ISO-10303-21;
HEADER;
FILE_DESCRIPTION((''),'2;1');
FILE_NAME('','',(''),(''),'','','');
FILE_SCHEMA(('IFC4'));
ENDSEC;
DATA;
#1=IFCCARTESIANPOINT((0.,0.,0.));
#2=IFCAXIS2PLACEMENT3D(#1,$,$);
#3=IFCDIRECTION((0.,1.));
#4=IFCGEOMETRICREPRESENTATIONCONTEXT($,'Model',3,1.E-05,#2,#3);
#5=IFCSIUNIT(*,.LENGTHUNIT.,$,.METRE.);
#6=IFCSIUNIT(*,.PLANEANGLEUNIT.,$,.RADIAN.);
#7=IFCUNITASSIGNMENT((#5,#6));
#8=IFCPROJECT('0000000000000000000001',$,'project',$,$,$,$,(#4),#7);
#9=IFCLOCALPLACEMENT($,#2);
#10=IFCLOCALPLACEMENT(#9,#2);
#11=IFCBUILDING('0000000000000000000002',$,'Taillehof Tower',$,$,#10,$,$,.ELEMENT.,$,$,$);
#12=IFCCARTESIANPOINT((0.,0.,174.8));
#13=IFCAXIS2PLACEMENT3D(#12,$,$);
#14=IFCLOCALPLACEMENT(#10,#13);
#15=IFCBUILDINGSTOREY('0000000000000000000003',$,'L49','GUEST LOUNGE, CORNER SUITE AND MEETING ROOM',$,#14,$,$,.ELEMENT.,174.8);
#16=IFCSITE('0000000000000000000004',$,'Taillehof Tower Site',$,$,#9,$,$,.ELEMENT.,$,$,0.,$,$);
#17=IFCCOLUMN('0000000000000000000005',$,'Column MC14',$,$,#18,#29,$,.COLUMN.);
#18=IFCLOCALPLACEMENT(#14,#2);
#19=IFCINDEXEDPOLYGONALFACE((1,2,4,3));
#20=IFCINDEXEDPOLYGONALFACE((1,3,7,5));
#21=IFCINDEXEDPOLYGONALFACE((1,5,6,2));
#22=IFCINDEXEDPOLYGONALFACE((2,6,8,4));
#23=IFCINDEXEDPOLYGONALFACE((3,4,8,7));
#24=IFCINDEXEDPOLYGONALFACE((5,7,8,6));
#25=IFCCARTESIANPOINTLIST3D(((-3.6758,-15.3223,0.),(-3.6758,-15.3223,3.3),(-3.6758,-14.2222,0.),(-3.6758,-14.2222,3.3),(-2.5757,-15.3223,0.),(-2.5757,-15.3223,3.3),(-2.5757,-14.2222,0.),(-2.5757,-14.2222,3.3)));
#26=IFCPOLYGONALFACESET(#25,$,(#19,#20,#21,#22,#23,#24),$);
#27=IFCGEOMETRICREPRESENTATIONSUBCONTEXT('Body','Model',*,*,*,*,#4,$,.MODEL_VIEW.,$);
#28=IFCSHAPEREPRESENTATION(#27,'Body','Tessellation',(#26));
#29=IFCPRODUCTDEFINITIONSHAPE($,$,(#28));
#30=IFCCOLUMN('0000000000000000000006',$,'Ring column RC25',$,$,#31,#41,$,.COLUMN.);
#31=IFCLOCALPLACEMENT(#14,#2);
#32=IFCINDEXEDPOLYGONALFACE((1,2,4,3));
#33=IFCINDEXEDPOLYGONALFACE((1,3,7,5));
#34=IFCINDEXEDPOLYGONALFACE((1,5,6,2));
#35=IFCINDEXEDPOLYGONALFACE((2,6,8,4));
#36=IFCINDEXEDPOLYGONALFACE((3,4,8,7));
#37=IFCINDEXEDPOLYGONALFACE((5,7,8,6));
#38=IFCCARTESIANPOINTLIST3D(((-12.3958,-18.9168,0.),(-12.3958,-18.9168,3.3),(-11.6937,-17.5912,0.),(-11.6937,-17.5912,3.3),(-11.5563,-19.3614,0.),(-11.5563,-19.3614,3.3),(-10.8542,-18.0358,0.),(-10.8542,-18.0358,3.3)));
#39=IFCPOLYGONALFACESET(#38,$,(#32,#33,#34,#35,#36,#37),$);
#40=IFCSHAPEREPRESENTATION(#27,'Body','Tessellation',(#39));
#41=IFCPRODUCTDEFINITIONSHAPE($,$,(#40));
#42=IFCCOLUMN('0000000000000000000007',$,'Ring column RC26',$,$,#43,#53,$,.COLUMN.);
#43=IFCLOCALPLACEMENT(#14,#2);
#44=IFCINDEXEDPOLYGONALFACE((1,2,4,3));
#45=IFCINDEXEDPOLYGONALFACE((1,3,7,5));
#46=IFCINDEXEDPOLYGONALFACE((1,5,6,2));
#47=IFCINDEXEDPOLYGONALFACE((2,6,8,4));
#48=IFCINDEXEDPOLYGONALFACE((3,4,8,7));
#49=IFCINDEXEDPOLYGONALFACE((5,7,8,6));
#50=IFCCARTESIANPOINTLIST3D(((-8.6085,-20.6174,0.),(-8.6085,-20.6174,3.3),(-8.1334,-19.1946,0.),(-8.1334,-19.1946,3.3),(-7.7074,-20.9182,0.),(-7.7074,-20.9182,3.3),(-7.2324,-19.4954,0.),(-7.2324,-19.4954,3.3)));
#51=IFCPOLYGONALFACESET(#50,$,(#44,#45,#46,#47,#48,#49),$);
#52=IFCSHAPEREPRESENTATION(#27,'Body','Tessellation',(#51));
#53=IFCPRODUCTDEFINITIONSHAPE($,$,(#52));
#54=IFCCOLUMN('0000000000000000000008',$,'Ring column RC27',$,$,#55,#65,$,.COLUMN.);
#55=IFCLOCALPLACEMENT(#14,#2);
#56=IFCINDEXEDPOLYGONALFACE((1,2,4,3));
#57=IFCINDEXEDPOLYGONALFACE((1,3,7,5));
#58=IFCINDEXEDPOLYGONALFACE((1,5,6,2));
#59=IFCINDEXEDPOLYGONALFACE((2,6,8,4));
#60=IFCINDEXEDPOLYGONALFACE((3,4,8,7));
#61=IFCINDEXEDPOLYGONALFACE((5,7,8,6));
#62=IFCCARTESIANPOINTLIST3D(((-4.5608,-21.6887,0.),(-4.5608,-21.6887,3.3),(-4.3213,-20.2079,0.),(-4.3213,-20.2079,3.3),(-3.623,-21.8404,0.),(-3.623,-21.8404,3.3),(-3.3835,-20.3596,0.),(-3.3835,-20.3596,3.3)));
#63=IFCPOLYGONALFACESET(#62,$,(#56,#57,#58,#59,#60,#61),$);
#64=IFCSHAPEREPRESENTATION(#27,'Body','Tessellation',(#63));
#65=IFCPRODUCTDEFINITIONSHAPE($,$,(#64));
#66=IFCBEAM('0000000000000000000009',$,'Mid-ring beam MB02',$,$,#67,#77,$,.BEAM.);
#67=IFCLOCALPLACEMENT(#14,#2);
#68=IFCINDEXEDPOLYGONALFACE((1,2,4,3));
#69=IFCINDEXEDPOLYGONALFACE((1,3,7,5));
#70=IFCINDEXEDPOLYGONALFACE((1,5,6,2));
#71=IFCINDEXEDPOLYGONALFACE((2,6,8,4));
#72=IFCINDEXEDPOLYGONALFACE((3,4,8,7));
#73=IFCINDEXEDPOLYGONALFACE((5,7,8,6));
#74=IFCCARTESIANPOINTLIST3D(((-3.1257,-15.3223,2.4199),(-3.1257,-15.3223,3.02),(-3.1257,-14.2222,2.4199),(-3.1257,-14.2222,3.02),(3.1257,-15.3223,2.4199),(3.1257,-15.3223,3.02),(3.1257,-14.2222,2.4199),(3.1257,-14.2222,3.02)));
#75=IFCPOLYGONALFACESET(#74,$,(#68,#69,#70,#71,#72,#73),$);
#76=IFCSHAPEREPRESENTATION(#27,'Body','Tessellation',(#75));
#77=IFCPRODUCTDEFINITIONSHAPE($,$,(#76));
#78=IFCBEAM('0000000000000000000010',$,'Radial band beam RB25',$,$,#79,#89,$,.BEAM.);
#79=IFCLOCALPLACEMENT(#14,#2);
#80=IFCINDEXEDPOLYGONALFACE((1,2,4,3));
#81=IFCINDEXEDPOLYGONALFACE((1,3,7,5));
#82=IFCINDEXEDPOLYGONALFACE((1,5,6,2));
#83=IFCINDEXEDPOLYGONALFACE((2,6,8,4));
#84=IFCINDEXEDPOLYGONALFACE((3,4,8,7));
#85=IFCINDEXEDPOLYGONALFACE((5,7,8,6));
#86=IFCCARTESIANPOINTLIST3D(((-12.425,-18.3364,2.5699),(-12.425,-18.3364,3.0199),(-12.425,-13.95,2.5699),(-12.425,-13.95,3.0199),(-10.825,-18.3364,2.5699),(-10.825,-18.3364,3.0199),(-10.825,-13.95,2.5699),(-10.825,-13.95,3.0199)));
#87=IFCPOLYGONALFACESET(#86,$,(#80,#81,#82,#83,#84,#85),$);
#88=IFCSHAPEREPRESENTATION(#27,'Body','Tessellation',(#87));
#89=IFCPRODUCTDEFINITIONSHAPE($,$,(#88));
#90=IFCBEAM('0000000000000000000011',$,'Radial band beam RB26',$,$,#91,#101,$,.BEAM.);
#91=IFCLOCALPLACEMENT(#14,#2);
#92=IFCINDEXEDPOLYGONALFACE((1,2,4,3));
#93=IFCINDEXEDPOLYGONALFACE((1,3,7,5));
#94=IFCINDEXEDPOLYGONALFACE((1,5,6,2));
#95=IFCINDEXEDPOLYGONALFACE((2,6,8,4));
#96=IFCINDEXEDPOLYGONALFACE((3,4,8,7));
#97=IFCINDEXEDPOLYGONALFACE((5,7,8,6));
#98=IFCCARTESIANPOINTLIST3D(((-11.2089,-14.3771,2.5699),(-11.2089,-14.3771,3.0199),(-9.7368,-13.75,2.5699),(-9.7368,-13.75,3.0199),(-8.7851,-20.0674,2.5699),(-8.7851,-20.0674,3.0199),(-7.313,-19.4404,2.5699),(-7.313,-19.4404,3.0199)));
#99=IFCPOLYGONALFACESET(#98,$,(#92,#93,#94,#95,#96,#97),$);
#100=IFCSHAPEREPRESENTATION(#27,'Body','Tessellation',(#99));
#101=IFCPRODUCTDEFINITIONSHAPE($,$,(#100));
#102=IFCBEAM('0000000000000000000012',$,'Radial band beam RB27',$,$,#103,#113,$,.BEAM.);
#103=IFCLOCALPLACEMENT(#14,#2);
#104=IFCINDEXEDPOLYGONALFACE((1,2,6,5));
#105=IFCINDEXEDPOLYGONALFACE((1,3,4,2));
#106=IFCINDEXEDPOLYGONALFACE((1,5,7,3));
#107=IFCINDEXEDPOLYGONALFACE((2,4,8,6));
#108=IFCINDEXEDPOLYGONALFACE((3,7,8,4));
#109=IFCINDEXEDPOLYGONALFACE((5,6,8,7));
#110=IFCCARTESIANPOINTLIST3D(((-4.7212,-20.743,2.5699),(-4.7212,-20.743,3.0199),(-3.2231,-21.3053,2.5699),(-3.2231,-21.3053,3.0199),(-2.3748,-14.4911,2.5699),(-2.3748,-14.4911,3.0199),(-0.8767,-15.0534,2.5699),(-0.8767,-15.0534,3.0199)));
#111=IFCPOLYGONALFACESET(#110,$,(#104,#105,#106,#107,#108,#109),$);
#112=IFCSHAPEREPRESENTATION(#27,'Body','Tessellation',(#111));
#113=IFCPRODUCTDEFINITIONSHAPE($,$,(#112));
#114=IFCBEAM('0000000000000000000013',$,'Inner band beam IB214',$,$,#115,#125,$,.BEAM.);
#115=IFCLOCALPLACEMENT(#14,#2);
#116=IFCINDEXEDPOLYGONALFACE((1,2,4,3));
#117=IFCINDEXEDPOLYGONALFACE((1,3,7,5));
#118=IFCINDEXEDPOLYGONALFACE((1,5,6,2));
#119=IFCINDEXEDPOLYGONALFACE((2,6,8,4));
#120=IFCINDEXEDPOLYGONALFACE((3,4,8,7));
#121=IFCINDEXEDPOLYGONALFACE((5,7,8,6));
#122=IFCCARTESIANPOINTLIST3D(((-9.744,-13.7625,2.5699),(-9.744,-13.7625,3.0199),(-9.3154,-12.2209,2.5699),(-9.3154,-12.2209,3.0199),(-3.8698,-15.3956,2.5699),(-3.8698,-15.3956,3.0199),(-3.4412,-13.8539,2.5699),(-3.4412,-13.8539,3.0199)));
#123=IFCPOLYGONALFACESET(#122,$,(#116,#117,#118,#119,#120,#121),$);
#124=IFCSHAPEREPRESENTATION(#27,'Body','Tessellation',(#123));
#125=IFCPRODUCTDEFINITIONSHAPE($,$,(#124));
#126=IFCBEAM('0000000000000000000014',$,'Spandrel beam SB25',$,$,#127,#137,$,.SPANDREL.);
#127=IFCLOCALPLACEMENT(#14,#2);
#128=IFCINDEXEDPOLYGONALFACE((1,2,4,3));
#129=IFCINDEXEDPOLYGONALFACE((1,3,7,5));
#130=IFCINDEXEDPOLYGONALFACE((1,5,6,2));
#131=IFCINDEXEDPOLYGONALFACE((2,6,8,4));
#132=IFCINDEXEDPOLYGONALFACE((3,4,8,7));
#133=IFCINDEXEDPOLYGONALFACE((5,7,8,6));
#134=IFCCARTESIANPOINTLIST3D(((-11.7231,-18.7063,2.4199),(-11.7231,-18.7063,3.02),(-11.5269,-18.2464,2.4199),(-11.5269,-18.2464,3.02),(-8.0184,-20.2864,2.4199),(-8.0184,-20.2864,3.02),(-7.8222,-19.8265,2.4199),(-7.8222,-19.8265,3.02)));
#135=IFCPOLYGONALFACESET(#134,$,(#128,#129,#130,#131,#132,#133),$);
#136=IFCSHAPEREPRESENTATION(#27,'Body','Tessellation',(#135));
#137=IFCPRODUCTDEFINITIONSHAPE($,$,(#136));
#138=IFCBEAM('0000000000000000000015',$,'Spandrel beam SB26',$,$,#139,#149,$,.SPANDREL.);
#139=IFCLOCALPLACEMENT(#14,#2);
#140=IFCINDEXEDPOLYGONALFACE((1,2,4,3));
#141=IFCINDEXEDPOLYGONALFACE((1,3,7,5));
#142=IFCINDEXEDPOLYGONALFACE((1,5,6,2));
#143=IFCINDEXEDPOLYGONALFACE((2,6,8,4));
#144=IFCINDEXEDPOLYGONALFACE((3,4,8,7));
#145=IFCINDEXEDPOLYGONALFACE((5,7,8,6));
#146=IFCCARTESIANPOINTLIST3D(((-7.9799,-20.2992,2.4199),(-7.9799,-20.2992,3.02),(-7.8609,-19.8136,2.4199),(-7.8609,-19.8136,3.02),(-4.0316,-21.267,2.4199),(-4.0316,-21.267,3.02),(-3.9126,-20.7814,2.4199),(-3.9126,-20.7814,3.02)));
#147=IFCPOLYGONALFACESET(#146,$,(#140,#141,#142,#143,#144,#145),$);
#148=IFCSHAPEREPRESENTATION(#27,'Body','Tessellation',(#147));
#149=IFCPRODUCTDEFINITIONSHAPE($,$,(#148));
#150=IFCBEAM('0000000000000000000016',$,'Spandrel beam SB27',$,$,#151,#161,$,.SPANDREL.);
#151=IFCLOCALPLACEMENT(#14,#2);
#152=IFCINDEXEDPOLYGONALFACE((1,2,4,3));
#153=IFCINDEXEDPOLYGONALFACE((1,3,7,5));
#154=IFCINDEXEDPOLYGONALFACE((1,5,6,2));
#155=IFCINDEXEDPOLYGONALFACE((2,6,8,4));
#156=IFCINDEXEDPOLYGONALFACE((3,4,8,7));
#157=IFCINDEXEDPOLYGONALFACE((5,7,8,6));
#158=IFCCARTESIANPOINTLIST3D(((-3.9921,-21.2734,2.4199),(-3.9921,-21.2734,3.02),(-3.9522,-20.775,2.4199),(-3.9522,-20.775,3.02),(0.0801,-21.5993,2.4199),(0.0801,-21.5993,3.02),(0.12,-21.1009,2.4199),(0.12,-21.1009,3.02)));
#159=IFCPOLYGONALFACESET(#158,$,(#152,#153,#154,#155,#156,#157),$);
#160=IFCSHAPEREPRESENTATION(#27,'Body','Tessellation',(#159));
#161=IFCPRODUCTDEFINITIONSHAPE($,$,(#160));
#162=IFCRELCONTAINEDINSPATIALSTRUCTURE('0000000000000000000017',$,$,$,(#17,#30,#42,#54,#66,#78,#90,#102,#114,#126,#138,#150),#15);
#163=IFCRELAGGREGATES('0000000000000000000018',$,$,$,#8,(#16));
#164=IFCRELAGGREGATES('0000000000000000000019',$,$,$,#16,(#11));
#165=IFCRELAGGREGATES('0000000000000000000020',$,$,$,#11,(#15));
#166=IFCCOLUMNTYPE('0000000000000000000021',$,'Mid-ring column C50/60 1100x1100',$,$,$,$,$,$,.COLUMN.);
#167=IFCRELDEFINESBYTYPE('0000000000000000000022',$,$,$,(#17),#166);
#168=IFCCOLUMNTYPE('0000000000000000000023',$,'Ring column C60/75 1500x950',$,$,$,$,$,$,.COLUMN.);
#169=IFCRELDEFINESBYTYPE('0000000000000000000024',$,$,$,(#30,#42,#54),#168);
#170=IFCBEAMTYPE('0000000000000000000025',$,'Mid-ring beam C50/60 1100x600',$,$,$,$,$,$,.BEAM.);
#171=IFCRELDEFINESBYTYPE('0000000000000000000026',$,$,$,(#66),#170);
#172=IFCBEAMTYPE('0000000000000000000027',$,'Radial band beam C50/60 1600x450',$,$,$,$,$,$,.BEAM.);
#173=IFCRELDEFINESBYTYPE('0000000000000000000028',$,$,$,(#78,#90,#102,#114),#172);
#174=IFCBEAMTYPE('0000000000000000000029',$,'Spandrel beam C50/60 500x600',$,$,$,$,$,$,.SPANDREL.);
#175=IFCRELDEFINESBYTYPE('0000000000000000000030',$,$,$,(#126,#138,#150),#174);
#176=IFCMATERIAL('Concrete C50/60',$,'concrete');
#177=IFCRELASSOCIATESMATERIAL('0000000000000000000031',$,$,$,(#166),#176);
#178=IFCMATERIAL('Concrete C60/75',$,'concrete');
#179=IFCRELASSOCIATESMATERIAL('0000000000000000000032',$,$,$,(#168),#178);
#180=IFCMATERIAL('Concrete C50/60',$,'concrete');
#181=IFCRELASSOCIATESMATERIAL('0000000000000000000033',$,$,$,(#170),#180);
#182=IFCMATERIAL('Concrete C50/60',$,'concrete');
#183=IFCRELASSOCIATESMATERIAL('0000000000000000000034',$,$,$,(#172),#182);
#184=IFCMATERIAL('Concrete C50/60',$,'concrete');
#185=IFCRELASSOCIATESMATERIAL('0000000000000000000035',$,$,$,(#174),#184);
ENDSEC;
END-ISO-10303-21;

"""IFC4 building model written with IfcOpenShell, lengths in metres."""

from ifc_helpers import new_model, si_unit, direction, frame, origin, origin_2d, place, context, subcontext, project, spatial, rectangle, extrude, material, material_profile, profile_set, type_object, element, save


model = new_model("IFC4")

# Units and contexts
model_context = context("Model", 3, precision=1e-05, world=origin(), true_north=direction((0.0, 1.0)))
body_context = subcontext(model_context, "Body", "Model", "MODEL_VIEW")
ifc_project = project(units=[si_unit("LENGTHUNIT", "METRE"), si_unit("PLANEANGLEUNIT", "RADIAN")], contexts=[model_context])

# Site, building, storey
site_placement = place(None, origin())
site = spatial("IfcSite", under=ifc_project, at=site_placement, Name="Taillehof Tower Site", CompositionType="ELEMENT", RefElevation=0.0)
building_placement = place(site_placement, origin())
building = spatial("IfcBuilding", under=site, at=building_placement, Name="Taillehof Tower", CompositionType="ELEMENT")
storey_placement = place(building_placement, frame((0.0, 0.0, 174.8)))
storey = spatial("IfcBuildingStorey", under=building, at=storey_placement, Name="L49", Description="GUEST LOUNGE, CORNER SUITE AND MEETING ROOM", CompositionType="ELEMENT", Elevation=174.8)

# Columns
ifc_material_1 = material(Name="Concrete C50/60", Category="concrete")
ifc_material_profile_1 = material_profile(ifc_material_1, rectangle(XDim=1.1001, YDim=1.1001, at=origin_2d()), Name="RC 1100x1100")
ifc_profile_set_1 = profile_set([ifc_material_profile_1], Name="Concrete C50/60")
column_type_1 = type_object("IfcColumnType", Name="Mid-ring column C50/60 1100x1100", PredefinedType="COLUMN", material=ifc_profile_set_1)
column_placement = place(storey_placement, frame((-3.1257, -14.7722, 0.0), z_axis=(0.0, 0.0, 1.0), x_axis=(1.0, 0.0, 0.0)))
element("IfcColumn", 1, at=column_placement, inside=storey, type_object=column_type_1, Name="Column MC14", PredefinedType="COLUMN", context=body_context, shape_type="SweptSolid", body=[
    extrude(rectangle(XDim=1.1001, YDim=1.1001, at=origin_2d()), origin(), (0.0, 0.0, 1.0), 3.3),
])
ifc_material_2 = material(Name="Concrete C60/75", Category="concrete")
ifc_material_profile_2 = material_profile(ifc_material_2, rectangle(XDim=1.5, YDim=0.95, at=origin_2d()), Name="RC 1500x950")
ifc_profile_set_2 = profile_set([ifc_material_profile_2], Name="Concrete C60/75")
column_type_2 = type_object("IfcColumnType", Name="Ring column C60/75 1500x950", PredefinedType="COLUMN", material=ifc_profile_set_2)
for number, where, z_axis, x_axis, name in (
    (2, (-11.625, -18.4763, 0.0), (0.0, 0.0, 1.0), (-0.468042, -0.883706, 0.0), "Ring column RC25"),
    (3, (-7.9204, -20.0564, 0.0), (0.0, 0.0, 1.0), (-0.316703, -0.948525, 0.0), "Ring column RC26"),
    (4, (-3.9722, -21.0242, 0.0), (0.0, 0.0, 1.0), (-0.159679, -0.987169, 0.0), "Ring column RC27"),
):
    element("IfcColumn", number, at=place(storey_placement, frame(where, z_axis=z_axis, x_axis=x_axis)), inside=storey, type_object=column_type_2, Name=name, PredefinedType="COLUMN", context=body_context, shape_type="SweptSolid", body=[
        extrude(rectangle(XDim=1.5, YDim=0.95, at=origin_2d()), origin(), (0.0, 0.0, 1.0), 3.3),
    ])

# Beams
ifc_material_3 = material(Name="Concrete C50/60", Category="concrete")
ifc_material_profile_3 = material_profile(ifc_material_3, rectangle(XDim=1.1001, YDim=0.6001, at=origin_2d()), Name="RC 1100x600")
ifc_profile_set_3 = profile_set([ifc_material_profile_3], Name="Concrete C50/60")
beam_type_1 = type_object("IfcBeamType", Name="Mid-ring beam C50/60 1100x600", PredefinedType="BEAM", material=ifc_profile_set_3)
beam_1_placement = place(storey_placement, frame((-3.1257, -14.7722, 2.72), z_axis=(1.0, 0.0, 0.0), x_axis=(0.0, 1.0, 0.0)))
element("IfcBeam", 5, at=beam_1_placement, inside=storey, type_object=beam_type_1, Name="Mid-ring beam MB02", PredefinedType="BEAM", context=body_context, shape_type="SweptSolid", body=[
    extrude(rectangle(XDim=1.1001, YDim=0.6001, at=origin_2d()), origin(), (0.0, 0.0, 1.0), 6.2515),
])
ifc_material_4 = material(Name="Concrete C50/60", Category="concrete")
ifc_material_profile_4 = material_profile(ifc_material_4, rectangle(XDim=1.6001, YDim=0.45, at=origin_2d()), Name="RC 1600x450")
ifc_profile_set_4 = profile_set([ifc_material_profile_4], Name="Concrete C50/60")
beam_type_2 = type_object("IfcBeamType", Name="Radial band beam C50/60 1600x450", PredefinedType="BEAM", material=ifc_profile_set_4)
beam_2_placement = place(storey_placement, frame((-11.625, -18.3364, 2.7949), z_axis=(0.0, 1.0, 0.0), x_axis=(-1.0, 0.0, 0.0)))
element("IfcBeam", 6, at=beam_2_placement, inside=storey, type_object=beam_type_2, Name="Radial band beam RB25", PredefinedType="BEAM", context=body_context, shape_type="SweptSolid", body=[
    extrude(rectangle(XDim=1.6001, YDim=0.45, at=origin_2d()), origin(), (0.0, 0.0, 1.0), 4.3865),
])
beam_3_placement = place(storey_placement, frame((-8.0491, -19.7539, 2.7949), z_axis=(-0.391879, 0.920017, 0.0), x_axis=(-0.920017, -0.391879, 0.0)))
element("IfcBeam", 7, at=beam_3_placement, inside=storey, type_object=beam_type_2, Name="Radial band beam RB26", PredefinedType="BEAM", context=body_context, shape_type="SweptSolid", body=[
    extrude(rectangle(XDim=1.6001, YDim=0.45, at=origin_2d()), origin(), (0.0, 0.0, 1.0), 6.1851),
])
beam_4_placement = place(storey_placement, frame((-3.9722, -21.0242, 2.7949), z_axis=(0.35138, 0.936233, 0.0), x_axis=(-0.936233, 0.35138, 0.0)))
element("IfcBeam", 8, at=beam_4_placement, inside=storey, type_object=beam_type_2, Name="Radial band beam RB27", PredefinedType="BEAM", context=body_context, shape_type="SweptSolid", body=[
    extrude(rectangle(XDim=1.6001, YDim=0.45, at=origin_2d()), origin(), (0.0, 0.0, 1.0), 6.6777),
])
beam_5_placement = place(storey_placement, frame((-3.6555, -14.6248, 2.7949), z_axis=(-0.963459, 0.267855, 0.0), x_axis=(-0.267855, -0.963459, 0.0)))
element("IfcBeam", 9, at=beam_5_placement, inside=storey, type_object=beam_type_2, Name="Inner band beam IB214", PredefinedType="BEAM", context=body_context, shape_type="SweptSolid", body=[
    extrude(rectangle(XDim=1.6001, YDim=0.45, at=origin_2d()), origin(), (0.0, 0.0, 1.0), 6.0969),
])
ifc_material_5 = material(Name="Concrete C50/60", Category="concrete")
ifc_material_profile_5 = material_profile(ifc_material_5, rectangle(XDim=0.5, YDim=0.6001, at=origin_2d()), Name="RC 500x600")
ifc_profile_set_5 = profile_set([ifc_material_profile_5], Name="Concrete C50/60")
beam_type_3 = type_object("IfcBeamType", Name="Spandrel beam C50/60 500x600", PredefinedType="SPANDREL", material=ifc_profile_set_5)
beam_6_placement = place(storey_placement, frame((-11.625, -18.4763, 2.72), z_axis=(0.919827, -0.392324, 0.0), x_axis=(0.392324, 0.919827, 0.0)))
element("IfcBeam", 10, at=beam_6_placement, inside=storey, type_object=beam_type_3, Name="Spandrel beam SB25", PredefinedType="SPANDREL", context=body_context, shape_type="SweptSolid", body=[
    extrude(rectangle(XDim=0.5, YDim=0.6001, at=origin_2d()), origin(), (0.0, 0.0, 1.0), 4.0276),
])
beam_7_placement = place(storey_placement, frame((-7.9204, -20.0564, 2.72), z_axis=(0.971249, -0.238068, 0.0), x_axis=(0.238068, 0.971249, 0.0)))
element("IfcBeam", 11, at=beam_7_placement, inside=storey, type_object=beam_type_3, Name="Spandrel beam SB26", PredefinedType="SPANDREL", context=body_context, shape_type="SweptSolid", body=[
    extrude(rectangle(XDim=0.5, YDim=0.6001, at=origin_2d()), origin(), (0.0, 0.0, 1.0), 4.0652),
])
beam_8_placement = place(storey_placement, frame((-3.9722, -21.0242, 2.72), z_axis=(0.996812, -0.079781, 0.0), x_axis=(0.079781, 0.996812, 0.0)))
element("IfcBeam", 12, at=beam_8_placement, inside=storey, type_object=beam_type_3, Name="Spandrel beam SB27", PredefinedType="SPANDREL", context=body_context, shape_type="SweptSolid", body=[
    extrude(rectangle(XDim=0.5, YDim=0.6001, at=origin_2d()), origin(), (0.0, 0.0, 1.0), 4.0852),
])

save(model, "model.ifc")
